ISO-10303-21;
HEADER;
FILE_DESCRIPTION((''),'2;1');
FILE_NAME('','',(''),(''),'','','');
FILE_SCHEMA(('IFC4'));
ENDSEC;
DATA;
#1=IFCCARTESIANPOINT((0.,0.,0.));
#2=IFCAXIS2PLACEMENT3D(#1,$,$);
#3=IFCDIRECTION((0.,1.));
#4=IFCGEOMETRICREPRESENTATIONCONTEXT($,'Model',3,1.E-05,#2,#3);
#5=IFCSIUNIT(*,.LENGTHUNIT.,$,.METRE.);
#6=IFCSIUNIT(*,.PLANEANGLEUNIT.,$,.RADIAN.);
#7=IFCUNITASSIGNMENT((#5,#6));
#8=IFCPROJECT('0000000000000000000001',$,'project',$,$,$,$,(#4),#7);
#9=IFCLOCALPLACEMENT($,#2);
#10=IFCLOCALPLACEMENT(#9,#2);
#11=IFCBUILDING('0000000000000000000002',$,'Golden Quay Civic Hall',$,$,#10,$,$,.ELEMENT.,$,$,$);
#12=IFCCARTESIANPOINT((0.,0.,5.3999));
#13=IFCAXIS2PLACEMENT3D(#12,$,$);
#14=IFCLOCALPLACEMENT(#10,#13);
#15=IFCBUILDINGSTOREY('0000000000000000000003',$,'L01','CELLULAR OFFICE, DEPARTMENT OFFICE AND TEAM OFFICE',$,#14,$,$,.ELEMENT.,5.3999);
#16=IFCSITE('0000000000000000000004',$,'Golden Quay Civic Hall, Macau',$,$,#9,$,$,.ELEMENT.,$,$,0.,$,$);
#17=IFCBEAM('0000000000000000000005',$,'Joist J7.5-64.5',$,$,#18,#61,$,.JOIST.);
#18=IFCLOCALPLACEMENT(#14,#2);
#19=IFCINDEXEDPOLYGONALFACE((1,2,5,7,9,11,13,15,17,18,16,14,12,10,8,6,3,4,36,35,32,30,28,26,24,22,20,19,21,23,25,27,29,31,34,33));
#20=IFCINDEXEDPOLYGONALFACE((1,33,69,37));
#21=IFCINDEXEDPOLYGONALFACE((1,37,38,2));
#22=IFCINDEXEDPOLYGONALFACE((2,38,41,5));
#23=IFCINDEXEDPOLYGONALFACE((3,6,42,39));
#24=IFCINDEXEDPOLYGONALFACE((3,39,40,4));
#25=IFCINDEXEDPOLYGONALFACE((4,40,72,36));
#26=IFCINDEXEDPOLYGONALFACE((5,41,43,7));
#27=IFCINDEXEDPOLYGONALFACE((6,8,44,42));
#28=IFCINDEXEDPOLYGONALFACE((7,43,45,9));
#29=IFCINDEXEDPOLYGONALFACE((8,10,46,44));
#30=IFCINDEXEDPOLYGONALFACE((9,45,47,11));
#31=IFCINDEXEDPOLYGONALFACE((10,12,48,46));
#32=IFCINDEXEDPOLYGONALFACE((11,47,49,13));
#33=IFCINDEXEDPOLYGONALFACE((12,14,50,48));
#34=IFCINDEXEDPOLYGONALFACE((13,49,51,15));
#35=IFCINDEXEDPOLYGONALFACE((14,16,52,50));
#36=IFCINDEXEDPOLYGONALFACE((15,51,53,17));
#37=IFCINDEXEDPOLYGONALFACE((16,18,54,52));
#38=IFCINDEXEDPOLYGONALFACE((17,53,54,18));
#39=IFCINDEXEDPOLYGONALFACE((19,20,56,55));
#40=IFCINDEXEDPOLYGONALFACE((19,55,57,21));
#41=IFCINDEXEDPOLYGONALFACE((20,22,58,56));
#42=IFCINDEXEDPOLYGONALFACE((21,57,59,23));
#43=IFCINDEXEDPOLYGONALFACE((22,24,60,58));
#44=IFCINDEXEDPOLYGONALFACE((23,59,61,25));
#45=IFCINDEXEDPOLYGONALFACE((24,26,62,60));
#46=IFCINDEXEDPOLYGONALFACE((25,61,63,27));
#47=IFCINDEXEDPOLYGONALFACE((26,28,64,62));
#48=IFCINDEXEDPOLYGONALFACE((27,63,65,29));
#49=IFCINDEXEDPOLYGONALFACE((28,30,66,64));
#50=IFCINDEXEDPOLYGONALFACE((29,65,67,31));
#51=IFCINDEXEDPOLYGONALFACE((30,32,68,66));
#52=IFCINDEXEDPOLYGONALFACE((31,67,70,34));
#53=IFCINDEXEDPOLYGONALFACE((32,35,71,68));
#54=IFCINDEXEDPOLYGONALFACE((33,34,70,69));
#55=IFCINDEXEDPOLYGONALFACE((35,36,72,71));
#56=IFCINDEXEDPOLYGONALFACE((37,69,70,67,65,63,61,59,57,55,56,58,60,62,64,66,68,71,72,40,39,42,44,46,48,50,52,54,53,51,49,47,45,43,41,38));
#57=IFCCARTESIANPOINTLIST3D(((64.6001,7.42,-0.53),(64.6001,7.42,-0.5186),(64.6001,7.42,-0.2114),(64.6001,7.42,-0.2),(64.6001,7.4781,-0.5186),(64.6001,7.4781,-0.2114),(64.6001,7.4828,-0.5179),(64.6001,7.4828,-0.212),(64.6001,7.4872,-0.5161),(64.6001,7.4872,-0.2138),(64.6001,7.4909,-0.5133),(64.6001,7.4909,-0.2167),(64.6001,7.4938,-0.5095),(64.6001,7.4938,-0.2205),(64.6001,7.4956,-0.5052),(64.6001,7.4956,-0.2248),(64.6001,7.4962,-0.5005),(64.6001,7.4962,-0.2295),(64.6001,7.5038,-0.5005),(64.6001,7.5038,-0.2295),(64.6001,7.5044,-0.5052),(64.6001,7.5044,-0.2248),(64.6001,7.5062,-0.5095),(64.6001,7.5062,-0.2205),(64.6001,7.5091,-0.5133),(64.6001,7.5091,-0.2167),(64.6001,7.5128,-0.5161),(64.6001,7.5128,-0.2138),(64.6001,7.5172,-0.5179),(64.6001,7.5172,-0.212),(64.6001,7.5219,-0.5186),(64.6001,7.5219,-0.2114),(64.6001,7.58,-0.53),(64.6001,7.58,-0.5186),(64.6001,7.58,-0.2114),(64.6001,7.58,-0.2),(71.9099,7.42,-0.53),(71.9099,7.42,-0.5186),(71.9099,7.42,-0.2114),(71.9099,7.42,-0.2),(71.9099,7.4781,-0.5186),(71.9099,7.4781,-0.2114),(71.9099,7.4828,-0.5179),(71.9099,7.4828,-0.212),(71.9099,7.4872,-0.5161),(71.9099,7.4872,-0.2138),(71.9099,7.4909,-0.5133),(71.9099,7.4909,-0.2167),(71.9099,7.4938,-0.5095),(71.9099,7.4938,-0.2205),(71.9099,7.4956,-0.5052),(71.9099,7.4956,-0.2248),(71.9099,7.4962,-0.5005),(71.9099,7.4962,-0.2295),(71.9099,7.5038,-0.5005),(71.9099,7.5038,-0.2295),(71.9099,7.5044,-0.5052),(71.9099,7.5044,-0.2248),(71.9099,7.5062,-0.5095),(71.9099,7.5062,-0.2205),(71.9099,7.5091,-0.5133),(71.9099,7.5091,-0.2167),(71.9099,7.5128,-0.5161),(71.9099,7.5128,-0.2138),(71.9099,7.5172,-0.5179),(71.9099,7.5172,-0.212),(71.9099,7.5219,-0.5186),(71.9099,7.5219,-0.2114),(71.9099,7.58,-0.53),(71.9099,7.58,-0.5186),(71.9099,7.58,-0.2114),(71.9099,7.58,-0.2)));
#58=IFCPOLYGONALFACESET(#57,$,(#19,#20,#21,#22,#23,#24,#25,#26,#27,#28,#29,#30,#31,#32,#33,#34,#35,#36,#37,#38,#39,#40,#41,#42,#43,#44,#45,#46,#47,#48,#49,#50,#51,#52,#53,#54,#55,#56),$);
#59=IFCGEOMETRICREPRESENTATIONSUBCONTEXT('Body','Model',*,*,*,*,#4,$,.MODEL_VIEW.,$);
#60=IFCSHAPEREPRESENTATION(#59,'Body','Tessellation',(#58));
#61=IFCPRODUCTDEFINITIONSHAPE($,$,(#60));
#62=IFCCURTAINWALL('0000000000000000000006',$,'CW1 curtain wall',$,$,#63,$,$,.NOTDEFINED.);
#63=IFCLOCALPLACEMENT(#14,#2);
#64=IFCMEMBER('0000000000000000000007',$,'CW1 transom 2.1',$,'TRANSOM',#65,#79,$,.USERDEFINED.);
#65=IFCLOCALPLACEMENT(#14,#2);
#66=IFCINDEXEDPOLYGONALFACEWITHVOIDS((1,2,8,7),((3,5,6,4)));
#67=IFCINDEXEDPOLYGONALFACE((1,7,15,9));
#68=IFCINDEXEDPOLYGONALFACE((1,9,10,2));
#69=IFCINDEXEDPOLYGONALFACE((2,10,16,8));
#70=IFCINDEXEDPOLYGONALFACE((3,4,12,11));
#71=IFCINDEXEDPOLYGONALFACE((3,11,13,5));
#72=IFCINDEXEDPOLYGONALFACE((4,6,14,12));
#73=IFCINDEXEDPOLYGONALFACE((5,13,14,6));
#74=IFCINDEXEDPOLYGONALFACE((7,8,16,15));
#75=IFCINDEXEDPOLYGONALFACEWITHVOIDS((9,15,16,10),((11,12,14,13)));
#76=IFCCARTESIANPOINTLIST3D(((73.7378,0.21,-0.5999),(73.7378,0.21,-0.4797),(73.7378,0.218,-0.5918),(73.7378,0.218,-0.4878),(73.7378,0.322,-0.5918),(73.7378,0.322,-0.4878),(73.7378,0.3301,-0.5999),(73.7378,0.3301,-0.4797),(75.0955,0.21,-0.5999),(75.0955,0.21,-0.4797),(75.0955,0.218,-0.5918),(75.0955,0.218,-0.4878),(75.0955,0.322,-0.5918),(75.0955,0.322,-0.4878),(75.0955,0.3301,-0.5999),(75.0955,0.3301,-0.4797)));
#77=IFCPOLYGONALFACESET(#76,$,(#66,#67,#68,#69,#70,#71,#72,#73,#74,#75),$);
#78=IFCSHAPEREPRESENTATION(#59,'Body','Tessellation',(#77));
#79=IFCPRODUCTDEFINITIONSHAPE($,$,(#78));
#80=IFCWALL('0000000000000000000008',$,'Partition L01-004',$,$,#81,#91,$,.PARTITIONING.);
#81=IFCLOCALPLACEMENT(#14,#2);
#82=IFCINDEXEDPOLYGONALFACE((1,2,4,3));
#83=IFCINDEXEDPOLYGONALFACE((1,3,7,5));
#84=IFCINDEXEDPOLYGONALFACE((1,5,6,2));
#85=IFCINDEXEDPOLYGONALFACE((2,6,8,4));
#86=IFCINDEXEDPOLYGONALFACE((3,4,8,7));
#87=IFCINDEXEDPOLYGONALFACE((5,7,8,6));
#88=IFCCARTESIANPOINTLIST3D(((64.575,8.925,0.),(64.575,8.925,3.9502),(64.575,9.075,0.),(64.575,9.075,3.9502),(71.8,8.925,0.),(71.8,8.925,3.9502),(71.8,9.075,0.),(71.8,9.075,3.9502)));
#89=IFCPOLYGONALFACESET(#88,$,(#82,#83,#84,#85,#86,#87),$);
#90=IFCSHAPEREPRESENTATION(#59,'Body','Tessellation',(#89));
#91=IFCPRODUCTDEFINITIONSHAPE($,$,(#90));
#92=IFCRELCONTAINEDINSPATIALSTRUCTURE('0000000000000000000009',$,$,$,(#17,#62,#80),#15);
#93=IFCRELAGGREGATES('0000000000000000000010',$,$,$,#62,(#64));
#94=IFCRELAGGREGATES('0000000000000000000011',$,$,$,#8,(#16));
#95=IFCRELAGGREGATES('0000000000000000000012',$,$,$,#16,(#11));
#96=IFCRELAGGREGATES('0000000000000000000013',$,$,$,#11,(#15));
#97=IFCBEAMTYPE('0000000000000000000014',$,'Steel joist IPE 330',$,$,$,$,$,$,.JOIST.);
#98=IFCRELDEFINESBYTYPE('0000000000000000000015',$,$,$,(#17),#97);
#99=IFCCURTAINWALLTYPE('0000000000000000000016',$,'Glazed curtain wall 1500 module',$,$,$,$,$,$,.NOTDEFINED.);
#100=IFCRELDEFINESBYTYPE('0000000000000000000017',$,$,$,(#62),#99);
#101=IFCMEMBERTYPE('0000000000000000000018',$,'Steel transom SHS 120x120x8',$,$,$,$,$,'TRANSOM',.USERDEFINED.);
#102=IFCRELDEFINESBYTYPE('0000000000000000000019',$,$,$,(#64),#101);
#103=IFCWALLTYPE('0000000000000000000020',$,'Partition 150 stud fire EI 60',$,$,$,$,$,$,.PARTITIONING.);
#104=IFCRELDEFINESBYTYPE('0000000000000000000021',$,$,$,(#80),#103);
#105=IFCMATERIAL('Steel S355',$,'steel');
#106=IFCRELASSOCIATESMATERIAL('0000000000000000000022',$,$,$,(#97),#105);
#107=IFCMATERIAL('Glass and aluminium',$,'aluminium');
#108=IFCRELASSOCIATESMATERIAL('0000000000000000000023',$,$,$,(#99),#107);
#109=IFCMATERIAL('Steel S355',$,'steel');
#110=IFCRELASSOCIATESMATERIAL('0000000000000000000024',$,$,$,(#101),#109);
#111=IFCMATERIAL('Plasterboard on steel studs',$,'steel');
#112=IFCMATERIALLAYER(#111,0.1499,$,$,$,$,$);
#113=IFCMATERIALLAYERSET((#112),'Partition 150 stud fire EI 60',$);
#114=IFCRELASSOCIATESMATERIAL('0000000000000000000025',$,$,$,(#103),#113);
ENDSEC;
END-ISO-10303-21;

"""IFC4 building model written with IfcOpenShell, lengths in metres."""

from ifc_helpers import new_model, si_unit, direction, frame, frame_2d, origin, origin_2d, place, context, subcontext, project, spatial, rectangle, hollow_rectangle, i_section, extrude, material, layer, layer_set, material_profile, profile_set, type_object, element, aggregate, save


model = new_model("IFC4")

# Units and contexts
model_context = context("Model", 3, precision=1e-05, world=origin(), true_north=direction((0.0, 1.0)))
body_context = subcontext(model_context, "Body", "Model", "MODEL_VIEW")
ifc_project = project(units=[si_unit("LENGTHUNIT", "METRE"), si_unit("PLANEANGLEUNIT", "RADIAN")], contexts=[model_context])

# Site, building, storey
site_placement = place(None, origin())
site = spatial("IfcSite", under=ifc_project, at=site_placement, Name="Golden Quay Civic Hall, Macau", CompositionType="ELEMENT", RefElevation=0.0)
building_placement = place(site_placement, origin())
building = spatial("IfcBuilding", under=site, at=building_placement, Name="Golden Quay Civic Hall", CompositionType="ELEMENT")
storey_placement = place(building_placement, frame((0.0, 0.0, 5.3999)))
storey = spatial("IfcBuildingStorey", under=building, at=storey_placement, Name="L01", Description="CELLULAR OFFICE, DEPARTMENT OFFICE AND TEAM OFFICE", CompositionType="ELEMENT", Elevation=5.3999)

# Beam
ifc_material_1 = material(Name="Steel S355", Category="steel")
ifc_material_profile_1 = material_profile(ifc_material_1, i_section(OverallWidth=0.1599, OverallDepth=0.3301, WebThickness=0.0076, FlangeThickness=0.0115, FilletRadius=0.0181, at=origin_2d()), Name="IPE 330")
ifc_profile_set_1 = profile_set([ifc_material_profile_1], Name="Steel S355")
beam_type_1 = type_object("IfcBeamType", Name="Steel joist IPE 330", PredefinedType="JOIST", material=ifc_profile_set_1)
for number, where, z_axis, x_axis, name in (
    (1, (64.6001, 7.5, -0.365), (1.0, 0.0, 0.0), (0.0, 1.0, 0.0), "Joist J7.5-64.5"),
):
    element("IfcBeam", number, at=place(storey_placement, frame(where, z_axis=z_axis, x_axis=x_axis)), inside=storey, type_object=beam_type_1, Name=name, PredefinedType="JOIST", context=body_context, shape_type="SweptSolid", body=[
        extrude(i_section(OverallWidth=0.1599, OverallDepth=0.3301, WebThickness=0.0076, FlangeThickness=0.0115, FilletRadius=0.0181, at=origin_2d()), origin(), (0.0, 0.0, 1.0), 7.3098),
    ])

# Curtain wall, member
ifc_material_2 = material(Name="Glass and aluminium", Category="aluminium")
curtain_wall_type = type_object("IfcCurtainWallType", Name="Glazed curtain wall 1500 module", PredefinedType="NOTDEFINED", material=ifc_material_2)
curtain_wall_placement = place(storey_placement, origin())
curtain_wall = element("IfcCurtainWall", 2, at=curtain_wall_placement, inside=storey, type_object=curtain_wall_type, Name="CW1 curtain wall", PredefinedType="NOTDEFINED")
ifc_material_3 = material(Name="Steel S355", Category="steel")
ifc_material_profile_2 = material_profile(ifc_material_3, hollow_rectangle(XDim=0.1201, YDim=0.1201, WallThickness=0.0081, at=origin_2d()), Name="SHS 120x120x8")
ifc_profile_set_2 = profile_set([ifc_material_profile_2], Name="Steel S355")
member_type = type_object("IfcMemberType", Name="Steel transom SHS 120x120x8", ElementType="TRANSOM", PredefinedType="USERDEFINED", material=ifc_profile_set_2)
member_placement = place(storey_placement, frame((73.7378, 0.27, -0.5398), z_axis=(1.0, 0.0, 0.0), x_axis=(0.0, 1.0, 0.0)))
member = element("IfcMember", 3, at=member_placement, type_object=member_type, Name="CW1 transom 2.1", ObjectType="TRANSOM", PredefinedType="USERDEFINED", context=body_context, shape_type="SweptSolid", body=[
    extrude(hollow_rectangle(XDim=0.1201, YDim=0.1201, WallThickness=0.0081, at=origin_2d()), origin(), (0.0, 0.0, 1.0), 1.3577),
])
aggregate(curtain_wall, [member])

# Wall
ifc_material_4 = material(Name="Plasterboard on steel studs", Category="steel")
ifc_layer_1 = layer(ifc_material_4, 0.1499)
ifc_layer_set_1 = layer_set([ifc_layer_1], Name="Partition 150 stud fire EI 60")
wall_type_1 = type_object("IfcWallType", Name="Partition 150 stud fire EI 60", PredefinedType="PARTITIONING", material=ifc_layer_set_1)
wall_1_placement = place(storey_placement, frame((64.575, 9.0, 0.0), z_axis=(0.0, 0.0, 1.0), x_axis=(1.0, 0.0, 0.0)))
element("IfcWall", 4, at=wall_1_placement, inside=storey, type_object=wall_type_1, Name="Partition L01-004", PredefinedType="PARTITIONING", context=body_context, shape_type="SweptSolid", body=[
    extrude(rectangle(XDim=7.2251, YDim=0.1499, at=frame_2d((3.6125, 0.0))), origin(), (0.0, 0.0, 1.0), 3.9502),
])

save(model, "model.ifc")
